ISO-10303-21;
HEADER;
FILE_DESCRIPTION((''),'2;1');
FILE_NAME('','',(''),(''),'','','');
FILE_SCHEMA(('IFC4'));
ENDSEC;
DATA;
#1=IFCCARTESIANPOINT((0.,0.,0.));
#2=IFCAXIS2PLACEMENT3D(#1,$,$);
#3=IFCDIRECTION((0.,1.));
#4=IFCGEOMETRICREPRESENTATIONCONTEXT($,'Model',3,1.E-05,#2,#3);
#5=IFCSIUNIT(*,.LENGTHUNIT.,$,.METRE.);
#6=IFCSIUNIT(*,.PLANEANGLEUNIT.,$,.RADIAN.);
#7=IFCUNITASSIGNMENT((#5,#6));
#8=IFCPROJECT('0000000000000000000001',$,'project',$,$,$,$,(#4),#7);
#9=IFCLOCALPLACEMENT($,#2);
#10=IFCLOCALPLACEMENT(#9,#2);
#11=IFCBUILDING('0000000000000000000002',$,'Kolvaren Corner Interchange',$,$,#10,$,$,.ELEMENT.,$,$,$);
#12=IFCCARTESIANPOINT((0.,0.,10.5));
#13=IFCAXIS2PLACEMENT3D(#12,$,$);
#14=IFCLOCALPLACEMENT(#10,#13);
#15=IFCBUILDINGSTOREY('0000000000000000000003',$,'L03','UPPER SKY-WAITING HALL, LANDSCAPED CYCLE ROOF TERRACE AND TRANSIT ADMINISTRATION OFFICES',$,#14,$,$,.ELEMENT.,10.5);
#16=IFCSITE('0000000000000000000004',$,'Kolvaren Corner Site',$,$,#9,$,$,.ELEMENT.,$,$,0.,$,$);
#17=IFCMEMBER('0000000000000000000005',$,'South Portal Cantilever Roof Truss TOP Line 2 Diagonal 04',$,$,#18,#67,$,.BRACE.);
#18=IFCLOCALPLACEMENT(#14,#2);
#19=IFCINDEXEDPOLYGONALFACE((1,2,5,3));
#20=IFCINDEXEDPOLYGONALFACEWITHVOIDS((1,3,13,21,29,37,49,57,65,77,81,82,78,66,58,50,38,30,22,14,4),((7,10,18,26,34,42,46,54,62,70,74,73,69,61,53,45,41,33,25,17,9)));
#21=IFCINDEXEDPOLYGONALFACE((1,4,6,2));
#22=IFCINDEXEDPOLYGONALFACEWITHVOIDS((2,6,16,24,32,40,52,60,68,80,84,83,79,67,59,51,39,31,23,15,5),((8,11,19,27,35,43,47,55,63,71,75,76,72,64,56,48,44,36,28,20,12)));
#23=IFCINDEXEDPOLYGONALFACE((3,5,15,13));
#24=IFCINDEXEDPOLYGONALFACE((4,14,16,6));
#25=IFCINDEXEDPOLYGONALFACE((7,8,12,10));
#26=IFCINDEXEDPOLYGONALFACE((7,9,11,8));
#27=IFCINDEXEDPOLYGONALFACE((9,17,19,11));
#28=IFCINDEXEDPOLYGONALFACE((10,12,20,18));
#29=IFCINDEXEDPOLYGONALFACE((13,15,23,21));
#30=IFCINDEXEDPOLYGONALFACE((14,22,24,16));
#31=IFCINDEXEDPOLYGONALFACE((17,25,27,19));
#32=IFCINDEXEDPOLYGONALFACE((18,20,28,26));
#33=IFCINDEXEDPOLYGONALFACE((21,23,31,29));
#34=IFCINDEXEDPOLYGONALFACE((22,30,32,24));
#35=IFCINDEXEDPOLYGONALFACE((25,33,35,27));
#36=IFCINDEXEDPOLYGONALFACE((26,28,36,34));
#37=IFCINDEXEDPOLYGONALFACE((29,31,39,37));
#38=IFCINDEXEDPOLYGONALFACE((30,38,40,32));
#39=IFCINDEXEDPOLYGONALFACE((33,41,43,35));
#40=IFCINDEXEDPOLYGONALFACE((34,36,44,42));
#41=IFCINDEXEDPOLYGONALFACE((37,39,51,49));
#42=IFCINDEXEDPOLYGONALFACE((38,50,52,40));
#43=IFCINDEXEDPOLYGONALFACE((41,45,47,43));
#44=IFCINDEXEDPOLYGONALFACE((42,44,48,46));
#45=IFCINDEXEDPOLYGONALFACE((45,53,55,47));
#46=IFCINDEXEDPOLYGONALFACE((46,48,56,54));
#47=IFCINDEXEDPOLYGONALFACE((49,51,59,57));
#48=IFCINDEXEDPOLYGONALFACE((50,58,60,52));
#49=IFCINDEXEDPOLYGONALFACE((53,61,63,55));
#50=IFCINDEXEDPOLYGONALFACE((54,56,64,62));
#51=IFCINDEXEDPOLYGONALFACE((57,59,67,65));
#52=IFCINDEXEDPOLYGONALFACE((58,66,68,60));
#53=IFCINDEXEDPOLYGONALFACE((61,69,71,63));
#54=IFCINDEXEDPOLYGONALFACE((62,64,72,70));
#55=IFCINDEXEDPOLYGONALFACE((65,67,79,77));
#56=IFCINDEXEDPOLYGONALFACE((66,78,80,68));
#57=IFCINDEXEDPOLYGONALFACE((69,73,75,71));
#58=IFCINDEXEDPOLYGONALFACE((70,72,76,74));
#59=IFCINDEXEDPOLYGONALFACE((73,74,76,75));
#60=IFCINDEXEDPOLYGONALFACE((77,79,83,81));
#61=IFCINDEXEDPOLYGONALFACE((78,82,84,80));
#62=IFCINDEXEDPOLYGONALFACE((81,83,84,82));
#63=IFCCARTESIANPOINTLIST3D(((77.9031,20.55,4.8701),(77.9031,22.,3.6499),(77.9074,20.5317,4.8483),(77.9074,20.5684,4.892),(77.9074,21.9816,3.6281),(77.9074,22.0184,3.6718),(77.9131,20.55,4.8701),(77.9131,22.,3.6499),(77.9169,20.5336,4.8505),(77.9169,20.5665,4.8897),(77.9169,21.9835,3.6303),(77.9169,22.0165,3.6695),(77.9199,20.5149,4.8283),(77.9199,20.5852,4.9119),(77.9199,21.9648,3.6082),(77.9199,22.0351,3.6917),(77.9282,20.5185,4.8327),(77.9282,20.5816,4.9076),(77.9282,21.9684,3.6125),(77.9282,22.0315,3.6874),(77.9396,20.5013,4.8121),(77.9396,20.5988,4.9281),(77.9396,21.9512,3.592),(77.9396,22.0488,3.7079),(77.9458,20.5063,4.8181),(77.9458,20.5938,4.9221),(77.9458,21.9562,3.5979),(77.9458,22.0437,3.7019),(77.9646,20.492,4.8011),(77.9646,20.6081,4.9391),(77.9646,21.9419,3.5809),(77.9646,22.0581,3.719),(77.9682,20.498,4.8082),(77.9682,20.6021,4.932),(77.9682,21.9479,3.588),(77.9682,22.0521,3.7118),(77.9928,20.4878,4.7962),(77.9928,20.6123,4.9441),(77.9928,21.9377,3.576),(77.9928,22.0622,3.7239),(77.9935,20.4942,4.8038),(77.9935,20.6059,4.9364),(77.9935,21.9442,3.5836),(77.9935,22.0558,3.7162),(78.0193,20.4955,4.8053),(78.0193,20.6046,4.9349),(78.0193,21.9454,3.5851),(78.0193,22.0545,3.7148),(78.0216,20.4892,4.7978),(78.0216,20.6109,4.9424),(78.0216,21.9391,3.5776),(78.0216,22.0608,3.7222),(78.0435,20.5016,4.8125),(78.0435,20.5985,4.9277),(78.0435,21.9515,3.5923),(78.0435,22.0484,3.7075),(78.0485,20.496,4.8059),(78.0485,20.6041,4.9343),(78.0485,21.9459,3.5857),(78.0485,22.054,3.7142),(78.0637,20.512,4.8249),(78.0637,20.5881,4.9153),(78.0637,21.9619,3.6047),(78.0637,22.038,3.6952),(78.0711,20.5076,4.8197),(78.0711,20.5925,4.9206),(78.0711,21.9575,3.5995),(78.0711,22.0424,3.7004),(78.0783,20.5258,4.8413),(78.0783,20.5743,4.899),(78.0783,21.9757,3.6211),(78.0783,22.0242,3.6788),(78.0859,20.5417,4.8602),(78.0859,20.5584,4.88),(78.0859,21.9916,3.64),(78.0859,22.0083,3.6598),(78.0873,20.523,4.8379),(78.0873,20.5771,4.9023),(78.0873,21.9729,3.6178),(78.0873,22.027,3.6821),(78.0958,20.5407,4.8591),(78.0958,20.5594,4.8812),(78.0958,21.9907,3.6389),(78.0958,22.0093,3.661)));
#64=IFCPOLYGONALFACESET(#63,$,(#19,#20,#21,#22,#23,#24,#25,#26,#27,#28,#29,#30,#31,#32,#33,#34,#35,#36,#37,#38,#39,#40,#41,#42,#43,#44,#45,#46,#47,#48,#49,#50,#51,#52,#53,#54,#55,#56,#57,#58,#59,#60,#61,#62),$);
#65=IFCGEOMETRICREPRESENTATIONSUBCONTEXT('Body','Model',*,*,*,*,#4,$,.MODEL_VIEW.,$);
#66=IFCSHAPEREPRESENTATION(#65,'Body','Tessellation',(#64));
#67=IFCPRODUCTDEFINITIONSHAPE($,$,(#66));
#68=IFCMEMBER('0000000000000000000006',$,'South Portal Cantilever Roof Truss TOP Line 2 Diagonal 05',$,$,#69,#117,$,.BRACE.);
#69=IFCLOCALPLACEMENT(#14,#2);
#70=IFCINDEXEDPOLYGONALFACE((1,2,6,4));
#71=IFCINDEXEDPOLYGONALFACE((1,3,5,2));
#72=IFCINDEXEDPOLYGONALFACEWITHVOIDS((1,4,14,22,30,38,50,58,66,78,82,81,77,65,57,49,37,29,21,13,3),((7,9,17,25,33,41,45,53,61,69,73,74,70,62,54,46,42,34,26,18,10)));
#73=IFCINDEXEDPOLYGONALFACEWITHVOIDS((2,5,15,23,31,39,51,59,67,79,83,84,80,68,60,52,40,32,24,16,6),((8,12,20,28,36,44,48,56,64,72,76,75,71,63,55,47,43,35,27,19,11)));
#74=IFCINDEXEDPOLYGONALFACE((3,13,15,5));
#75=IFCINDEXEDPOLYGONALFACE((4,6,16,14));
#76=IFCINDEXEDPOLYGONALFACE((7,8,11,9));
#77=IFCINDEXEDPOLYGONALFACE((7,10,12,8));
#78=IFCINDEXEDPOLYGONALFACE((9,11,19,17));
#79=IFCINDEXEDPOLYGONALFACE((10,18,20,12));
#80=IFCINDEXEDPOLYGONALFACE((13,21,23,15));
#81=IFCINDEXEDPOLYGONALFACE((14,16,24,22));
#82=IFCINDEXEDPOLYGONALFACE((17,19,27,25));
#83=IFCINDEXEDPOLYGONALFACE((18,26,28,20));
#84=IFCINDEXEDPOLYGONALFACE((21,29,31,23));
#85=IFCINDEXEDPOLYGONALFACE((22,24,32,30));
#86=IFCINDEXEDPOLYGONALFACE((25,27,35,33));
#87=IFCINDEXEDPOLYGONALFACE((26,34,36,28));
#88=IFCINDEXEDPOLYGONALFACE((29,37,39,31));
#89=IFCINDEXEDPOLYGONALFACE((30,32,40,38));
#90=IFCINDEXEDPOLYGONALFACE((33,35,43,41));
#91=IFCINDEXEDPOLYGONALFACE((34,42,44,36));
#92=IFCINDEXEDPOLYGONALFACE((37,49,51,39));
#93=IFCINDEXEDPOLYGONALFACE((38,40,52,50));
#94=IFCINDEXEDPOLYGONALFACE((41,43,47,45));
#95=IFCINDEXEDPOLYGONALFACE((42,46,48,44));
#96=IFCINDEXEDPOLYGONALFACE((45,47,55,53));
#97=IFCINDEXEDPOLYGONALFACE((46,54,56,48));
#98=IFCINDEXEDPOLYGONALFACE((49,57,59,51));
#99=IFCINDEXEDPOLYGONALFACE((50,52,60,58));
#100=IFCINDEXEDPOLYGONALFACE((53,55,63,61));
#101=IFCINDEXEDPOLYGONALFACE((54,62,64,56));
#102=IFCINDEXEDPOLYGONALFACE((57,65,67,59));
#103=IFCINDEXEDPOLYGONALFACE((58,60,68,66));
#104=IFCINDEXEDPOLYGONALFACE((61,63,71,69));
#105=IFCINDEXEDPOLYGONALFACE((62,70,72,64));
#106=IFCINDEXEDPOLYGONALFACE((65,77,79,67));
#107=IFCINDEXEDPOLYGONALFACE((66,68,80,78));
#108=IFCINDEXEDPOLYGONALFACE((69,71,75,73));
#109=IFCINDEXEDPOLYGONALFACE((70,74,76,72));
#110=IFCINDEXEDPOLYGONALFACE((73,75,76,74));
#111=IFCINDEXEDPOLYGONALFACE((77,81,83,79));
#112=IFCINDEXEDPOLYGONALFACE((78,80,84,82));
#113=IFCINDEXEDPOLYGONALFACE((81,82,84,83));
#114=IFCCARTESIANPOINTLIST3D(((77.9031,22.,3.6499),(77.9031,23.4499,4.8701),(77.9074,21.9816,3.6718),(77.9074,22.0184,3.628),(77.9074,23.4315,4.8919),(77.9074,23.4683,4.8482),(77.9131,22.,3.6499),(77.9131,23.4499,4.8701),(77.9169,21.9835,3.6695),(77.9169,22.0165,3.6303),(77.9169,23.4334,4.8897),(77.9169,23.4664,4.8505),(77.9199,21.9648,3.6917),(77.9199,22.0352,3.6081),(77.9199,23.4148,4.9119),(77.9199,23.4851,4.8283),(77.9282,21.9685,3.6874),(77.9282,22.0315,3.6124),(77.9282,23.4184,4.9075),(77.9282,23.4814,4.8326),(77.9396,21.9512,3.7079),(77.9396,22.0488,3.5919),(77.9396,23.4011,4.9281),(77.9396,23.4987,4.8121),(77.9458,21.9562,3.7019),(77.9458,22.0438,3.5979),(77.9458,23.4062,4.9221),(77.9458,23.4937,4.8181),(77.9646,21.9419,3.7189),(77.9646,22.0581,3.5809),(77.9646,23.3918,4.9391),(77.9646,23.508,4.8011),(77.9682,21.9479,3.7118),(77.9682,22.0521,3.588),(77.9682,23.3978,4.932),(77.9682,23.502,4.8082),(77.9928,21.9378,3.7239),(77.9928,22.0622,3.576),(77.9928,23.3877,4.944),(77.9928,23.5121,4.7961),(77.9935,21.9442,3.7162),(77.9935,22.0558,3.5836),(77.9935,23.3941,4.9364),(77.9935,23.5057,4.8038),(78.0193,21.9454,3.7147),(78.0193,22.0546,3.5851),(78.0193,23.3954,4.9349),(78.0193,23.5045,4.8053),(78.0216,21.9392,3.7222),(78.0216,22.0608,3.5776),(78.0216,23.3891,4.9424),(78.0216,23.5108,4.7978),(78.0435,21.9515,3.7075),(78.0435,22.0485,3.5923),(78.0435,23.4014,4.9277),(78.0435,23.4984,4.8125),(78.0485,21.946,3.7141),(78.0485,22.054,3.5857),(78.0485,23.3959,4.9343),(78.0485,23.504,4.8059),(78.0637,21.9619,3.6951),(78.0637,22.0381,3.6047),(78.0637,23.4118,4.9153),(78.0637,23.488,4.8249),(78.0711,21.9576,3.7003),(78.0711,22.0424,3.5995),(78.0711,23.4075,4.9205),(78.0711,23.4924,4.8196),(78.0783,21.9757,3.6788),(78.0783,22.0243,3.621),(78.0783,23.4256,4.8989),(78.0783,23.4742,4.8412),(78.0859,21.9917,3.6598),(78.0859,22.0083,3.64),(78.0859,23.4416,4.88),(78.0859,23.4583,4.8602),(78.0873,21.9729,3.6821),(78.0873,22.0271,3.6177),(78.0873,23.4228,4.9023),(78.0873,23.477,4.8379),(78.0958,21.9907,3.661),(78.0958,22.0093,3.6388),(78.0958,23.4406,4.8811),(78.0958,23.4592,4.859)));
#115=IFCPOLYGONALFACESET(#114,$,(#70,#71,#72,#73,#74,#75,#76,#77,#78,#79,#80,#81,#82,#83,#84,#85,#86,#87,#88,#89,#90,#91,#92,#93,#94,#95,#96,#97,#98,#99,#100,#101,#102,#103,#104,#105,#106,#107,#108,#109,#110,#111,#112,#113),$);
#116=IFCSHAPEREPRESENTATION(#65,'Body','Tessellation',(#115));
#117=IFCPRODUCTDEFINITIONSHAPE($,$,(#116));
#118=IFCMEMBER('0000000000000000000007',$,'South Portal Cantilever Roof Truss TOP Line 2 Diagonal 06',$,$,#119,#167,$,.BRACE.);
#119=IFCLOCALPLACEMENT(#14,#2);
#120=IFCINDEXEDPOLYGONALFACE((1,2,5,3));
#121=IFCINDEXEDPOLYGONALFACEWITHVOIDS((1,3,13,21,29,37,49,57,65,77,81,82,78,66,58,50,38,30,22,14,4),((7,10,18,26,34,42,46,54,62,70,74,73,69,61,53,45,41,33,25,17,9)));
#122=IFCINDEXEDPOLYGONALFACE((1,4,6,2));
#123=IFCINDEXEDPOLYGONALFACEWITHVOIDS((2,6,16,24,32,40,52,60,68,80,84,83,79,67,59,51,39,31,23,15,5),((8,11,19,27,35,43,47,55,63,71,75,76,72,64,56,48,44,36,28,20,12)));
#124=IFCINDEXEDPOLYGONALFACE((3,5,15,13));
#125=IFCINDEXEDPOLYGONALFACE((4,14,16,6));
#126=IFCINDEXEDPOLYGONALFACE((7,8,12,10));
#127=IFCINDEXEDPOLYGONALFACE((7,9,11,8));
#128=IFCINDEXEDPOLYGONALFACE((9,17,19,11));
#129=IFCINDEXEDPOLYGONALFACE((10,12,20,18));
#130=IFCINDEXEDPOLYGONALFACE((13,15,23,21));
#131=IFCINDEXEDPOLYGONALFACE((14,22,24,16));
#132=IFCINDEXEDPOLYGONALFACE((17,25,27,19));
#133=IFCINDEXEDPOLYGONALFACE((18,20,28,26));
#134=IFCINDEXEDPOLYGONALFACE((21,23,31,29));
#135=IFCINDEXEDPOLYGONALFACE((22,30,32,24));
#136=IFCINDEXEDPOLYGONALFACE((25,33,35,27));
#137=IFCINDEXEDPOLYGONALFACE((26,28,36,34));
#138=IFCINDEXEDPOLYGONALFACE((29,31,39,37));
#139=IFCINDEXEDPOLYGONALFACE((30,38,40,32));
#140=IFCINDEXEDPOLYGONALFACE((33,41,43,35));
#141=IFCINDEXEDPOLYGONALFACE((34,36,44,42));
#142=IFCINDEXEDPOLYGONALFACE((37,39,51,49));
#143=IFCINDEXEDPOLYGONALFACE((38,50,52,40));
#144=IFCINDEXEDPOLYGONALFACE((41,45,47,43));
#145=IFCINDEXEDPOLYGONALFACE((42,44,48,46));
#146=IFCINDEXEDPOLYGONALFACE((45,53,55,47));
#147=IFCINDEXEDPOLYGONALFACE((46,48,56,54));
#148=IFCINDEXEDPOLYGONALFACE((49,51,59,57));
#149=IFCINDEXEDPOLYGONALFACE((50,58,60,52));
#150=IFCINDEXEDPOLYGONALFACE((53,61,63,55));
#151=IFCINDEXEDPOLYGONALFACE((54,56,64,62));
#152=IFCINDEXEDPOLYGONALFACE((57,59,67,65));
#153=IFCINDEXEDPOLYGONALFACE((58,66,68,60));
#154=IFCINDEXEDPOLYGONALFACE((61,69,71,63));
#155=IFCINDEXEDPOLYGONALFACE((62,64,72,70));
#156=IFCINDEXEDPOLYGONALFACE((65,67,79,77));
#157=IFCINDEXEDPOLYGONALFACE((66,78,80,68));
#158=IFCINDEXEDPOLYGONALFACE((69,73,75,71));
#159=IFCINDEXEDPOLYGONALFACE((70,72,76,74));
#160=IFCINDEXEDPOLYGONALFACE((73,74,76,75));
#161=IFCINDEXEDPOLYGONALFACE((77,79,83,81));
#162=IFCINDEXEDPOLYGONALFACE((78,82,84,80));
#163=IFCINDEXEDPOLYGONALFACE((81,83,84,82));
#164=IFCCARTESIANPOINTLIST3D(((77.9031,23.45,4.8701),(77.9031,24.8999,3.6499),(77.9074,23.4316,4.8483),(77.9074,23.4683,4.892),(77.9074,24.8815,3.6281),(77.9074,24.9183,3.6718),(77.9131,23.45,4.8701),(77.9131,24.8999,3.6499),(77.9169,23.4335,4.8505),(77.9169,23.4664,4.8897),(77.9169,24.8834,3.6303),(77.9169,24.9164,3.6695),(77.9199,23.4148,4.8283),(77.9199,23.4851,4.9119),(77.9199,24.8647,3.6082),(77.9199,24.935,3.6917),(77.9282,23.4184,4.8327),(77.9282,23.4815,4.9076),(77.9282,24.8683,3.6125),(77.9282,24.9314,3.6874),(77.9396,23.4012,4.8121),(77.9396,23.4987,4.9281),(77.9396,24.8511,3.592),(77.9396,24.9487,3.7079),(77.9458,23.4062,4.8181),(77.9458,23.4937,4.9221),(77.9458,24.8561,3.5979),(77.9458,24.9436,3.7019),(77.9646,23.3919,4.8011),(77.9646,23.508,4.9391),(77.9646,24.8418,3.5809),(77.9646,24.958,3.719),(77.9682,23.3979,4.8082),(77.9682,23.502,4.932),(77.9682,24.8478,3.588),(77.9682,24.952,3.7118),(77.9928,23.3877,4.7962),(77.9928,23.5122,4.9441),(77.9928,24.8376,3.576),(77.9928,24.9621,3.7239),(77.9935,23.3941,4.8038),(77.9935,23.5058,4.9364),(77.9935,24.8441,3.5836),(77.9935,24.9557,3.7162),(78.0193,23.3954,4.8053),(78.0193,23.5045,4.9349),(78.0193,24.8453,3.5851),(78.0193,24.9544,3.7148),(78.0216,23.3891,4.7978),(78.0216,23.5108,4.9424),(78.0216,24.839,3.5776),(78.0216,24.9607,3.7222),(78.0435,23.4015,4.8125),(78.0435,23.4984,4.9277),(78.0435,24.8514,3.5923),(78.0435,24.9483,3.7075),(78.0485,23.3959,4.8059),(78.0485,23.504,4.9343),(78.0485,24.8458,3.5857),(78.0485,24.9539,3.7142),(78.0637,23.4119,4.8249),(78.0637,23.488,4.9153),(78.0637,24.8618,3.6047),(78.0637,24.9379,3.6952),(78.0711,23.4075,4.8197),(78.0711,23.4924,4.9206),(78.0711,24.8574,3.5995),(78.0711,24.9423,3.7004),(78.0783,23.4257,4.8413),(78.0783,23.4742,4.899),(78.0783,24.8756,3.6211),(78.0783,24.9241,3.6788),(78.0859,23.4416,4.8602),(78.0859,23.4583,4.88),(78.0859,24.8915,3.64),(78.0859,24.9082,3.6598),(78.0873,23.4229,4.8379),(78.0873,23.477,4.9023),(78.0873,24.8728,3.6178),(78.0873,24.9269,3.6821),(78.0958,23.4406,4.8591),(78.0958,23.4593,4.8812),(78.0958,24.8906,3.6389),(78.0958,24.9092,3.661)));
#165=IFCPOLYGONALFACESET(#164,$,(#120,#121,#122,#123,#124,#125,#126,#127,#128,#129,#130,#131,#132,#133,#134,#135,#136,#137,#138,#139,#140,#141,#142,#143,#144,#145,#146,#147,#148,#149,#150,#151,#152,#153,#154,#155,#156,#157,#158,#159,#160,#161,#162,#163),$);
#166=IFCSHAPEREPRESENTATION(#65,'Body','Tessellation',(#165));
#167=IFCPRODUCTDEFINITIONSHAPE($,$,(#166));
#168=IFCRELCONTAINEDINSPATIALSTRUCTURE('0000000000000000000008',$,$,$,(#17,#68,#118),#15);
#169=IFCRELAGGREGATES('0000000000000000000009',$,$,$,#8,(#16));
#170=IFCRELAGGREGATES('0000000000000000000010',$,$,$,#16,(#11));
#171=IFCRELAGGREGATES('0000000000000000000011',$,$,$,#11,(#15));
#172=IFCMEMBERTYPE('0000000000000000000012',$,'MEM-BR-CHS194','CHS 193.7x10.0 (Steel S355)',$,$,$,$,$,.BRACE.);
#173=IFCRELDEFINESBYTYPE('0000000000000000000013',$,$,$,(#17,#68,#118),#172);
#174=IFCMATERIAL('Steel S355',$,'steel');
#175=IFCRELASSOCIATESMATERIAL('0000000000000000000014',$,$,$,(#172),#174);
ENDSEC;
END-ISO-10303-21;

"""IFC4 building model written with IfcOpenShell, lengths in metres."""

from ifc_helpers import new_model, si_unit, direction, frame, origin, origin_2d, place, context, subcontext, project, spatial, hollow_circle, extrude, material, material_profile, profile_set, type_object, element, save


model = new_model("IFC4")

# Units and contexts
model_context = context("Model", 3, precision=1e-05, world=origin(), true_north=direction((0.0, 1.0)))
body_context = subcontext(model_context, "Body", "Model", "MODEL_VIEW")
ifc_project = project(units=[si_unit("LENGTHUNIT", "METRE"), si_unit("PLANEANGLEUNIT", "RADIAN")], contexts=[model_context])

# Site, building, storey
site_placement = place(None, origin())
site = spatial("IfcSite", under=ifc_project, at=site_placement, Name="Kolvaren Corner Site", CompositionType="ELEMENT", RefElevation=0.0)
building_placement = place(site_placement, origin())
building = spatial("IfcBuilding", under=site, at=building_placement, Name="Kolvaren Corner Interchange", CompositionType="ELEMENT")
storey_placement = place(building_placement, frame((0.0, 0.0, 10.5)))
storey = spatial("IfcBuildingStorey", under=building, at=storey_placement, Name="L03", Description="UPPER SKY-WAITING HALL, LANDSCAPED CYCLE ROOF TERRACE AND TRANSIT ADMINISTRATION OFFICES", CompositionType="ELEMENT", Elevation=10.5)

# Members
ifc_material_1 = material(Name="Steel S355", Category="steel")
ifc_material_profile_1 = material_profile(ifc_material_1, hollow_circle(Radius=0.0969, WallThickness=0.01, at=origin_2d()), Name="CHS 193.7x10.0")
ifc_profile_set_1 = profile_set([ifc_material_profile_1], Name="Steel S355")
member_type_1 = type_object("IfcMemberType", Name="MEM-BR-CHS194", Description="CHS 193.7x10.0 (Steel S355)", PredefinedType="BRACE", material=ifc_profile_set_1)
for number, where, z_axis, x_axis, name in (
    (1, (78.0, 20.55, 4.8701), (0.0, 0.765118, -0.64389), (-1.0, 0.0, 0.0), "South Portal Cantilever Roof Truss TOP Line 2 Diagonal 04"),
    (2, (78.0, 22.0, 3.6499), (0.0, 0.765118, 0.64389), (-1.0, 0.0, 0.0), "South Portal Cantilever Roof Truss TOP Line 2 Diagonal 05"),
    (3, (78.0, 23.45, 4.8701), (0.0, 0.765118, -0.64389), (-1.0, 0.0, 0.0), "South Portal Cantilever Roof Truss TOP Line 2 Diagonal 06"),
):
    element("IfcMember", number, at=place(storey_placement, frame(where, z_axis=z_axis, x_axis=x_axis)), inside=storey, type_object=member_type_1, Name=name, PredefinedType="BRACE", context=body_context, shape_type="SweptSolid", body=[
        extrude(hollow_circle(Radius=0.0969, WallThickness=0.01, at=origin_2d()), origin(), (0.0, 0.0, 1.0), 1.895),
    ])

save(model, "model.ifc")
